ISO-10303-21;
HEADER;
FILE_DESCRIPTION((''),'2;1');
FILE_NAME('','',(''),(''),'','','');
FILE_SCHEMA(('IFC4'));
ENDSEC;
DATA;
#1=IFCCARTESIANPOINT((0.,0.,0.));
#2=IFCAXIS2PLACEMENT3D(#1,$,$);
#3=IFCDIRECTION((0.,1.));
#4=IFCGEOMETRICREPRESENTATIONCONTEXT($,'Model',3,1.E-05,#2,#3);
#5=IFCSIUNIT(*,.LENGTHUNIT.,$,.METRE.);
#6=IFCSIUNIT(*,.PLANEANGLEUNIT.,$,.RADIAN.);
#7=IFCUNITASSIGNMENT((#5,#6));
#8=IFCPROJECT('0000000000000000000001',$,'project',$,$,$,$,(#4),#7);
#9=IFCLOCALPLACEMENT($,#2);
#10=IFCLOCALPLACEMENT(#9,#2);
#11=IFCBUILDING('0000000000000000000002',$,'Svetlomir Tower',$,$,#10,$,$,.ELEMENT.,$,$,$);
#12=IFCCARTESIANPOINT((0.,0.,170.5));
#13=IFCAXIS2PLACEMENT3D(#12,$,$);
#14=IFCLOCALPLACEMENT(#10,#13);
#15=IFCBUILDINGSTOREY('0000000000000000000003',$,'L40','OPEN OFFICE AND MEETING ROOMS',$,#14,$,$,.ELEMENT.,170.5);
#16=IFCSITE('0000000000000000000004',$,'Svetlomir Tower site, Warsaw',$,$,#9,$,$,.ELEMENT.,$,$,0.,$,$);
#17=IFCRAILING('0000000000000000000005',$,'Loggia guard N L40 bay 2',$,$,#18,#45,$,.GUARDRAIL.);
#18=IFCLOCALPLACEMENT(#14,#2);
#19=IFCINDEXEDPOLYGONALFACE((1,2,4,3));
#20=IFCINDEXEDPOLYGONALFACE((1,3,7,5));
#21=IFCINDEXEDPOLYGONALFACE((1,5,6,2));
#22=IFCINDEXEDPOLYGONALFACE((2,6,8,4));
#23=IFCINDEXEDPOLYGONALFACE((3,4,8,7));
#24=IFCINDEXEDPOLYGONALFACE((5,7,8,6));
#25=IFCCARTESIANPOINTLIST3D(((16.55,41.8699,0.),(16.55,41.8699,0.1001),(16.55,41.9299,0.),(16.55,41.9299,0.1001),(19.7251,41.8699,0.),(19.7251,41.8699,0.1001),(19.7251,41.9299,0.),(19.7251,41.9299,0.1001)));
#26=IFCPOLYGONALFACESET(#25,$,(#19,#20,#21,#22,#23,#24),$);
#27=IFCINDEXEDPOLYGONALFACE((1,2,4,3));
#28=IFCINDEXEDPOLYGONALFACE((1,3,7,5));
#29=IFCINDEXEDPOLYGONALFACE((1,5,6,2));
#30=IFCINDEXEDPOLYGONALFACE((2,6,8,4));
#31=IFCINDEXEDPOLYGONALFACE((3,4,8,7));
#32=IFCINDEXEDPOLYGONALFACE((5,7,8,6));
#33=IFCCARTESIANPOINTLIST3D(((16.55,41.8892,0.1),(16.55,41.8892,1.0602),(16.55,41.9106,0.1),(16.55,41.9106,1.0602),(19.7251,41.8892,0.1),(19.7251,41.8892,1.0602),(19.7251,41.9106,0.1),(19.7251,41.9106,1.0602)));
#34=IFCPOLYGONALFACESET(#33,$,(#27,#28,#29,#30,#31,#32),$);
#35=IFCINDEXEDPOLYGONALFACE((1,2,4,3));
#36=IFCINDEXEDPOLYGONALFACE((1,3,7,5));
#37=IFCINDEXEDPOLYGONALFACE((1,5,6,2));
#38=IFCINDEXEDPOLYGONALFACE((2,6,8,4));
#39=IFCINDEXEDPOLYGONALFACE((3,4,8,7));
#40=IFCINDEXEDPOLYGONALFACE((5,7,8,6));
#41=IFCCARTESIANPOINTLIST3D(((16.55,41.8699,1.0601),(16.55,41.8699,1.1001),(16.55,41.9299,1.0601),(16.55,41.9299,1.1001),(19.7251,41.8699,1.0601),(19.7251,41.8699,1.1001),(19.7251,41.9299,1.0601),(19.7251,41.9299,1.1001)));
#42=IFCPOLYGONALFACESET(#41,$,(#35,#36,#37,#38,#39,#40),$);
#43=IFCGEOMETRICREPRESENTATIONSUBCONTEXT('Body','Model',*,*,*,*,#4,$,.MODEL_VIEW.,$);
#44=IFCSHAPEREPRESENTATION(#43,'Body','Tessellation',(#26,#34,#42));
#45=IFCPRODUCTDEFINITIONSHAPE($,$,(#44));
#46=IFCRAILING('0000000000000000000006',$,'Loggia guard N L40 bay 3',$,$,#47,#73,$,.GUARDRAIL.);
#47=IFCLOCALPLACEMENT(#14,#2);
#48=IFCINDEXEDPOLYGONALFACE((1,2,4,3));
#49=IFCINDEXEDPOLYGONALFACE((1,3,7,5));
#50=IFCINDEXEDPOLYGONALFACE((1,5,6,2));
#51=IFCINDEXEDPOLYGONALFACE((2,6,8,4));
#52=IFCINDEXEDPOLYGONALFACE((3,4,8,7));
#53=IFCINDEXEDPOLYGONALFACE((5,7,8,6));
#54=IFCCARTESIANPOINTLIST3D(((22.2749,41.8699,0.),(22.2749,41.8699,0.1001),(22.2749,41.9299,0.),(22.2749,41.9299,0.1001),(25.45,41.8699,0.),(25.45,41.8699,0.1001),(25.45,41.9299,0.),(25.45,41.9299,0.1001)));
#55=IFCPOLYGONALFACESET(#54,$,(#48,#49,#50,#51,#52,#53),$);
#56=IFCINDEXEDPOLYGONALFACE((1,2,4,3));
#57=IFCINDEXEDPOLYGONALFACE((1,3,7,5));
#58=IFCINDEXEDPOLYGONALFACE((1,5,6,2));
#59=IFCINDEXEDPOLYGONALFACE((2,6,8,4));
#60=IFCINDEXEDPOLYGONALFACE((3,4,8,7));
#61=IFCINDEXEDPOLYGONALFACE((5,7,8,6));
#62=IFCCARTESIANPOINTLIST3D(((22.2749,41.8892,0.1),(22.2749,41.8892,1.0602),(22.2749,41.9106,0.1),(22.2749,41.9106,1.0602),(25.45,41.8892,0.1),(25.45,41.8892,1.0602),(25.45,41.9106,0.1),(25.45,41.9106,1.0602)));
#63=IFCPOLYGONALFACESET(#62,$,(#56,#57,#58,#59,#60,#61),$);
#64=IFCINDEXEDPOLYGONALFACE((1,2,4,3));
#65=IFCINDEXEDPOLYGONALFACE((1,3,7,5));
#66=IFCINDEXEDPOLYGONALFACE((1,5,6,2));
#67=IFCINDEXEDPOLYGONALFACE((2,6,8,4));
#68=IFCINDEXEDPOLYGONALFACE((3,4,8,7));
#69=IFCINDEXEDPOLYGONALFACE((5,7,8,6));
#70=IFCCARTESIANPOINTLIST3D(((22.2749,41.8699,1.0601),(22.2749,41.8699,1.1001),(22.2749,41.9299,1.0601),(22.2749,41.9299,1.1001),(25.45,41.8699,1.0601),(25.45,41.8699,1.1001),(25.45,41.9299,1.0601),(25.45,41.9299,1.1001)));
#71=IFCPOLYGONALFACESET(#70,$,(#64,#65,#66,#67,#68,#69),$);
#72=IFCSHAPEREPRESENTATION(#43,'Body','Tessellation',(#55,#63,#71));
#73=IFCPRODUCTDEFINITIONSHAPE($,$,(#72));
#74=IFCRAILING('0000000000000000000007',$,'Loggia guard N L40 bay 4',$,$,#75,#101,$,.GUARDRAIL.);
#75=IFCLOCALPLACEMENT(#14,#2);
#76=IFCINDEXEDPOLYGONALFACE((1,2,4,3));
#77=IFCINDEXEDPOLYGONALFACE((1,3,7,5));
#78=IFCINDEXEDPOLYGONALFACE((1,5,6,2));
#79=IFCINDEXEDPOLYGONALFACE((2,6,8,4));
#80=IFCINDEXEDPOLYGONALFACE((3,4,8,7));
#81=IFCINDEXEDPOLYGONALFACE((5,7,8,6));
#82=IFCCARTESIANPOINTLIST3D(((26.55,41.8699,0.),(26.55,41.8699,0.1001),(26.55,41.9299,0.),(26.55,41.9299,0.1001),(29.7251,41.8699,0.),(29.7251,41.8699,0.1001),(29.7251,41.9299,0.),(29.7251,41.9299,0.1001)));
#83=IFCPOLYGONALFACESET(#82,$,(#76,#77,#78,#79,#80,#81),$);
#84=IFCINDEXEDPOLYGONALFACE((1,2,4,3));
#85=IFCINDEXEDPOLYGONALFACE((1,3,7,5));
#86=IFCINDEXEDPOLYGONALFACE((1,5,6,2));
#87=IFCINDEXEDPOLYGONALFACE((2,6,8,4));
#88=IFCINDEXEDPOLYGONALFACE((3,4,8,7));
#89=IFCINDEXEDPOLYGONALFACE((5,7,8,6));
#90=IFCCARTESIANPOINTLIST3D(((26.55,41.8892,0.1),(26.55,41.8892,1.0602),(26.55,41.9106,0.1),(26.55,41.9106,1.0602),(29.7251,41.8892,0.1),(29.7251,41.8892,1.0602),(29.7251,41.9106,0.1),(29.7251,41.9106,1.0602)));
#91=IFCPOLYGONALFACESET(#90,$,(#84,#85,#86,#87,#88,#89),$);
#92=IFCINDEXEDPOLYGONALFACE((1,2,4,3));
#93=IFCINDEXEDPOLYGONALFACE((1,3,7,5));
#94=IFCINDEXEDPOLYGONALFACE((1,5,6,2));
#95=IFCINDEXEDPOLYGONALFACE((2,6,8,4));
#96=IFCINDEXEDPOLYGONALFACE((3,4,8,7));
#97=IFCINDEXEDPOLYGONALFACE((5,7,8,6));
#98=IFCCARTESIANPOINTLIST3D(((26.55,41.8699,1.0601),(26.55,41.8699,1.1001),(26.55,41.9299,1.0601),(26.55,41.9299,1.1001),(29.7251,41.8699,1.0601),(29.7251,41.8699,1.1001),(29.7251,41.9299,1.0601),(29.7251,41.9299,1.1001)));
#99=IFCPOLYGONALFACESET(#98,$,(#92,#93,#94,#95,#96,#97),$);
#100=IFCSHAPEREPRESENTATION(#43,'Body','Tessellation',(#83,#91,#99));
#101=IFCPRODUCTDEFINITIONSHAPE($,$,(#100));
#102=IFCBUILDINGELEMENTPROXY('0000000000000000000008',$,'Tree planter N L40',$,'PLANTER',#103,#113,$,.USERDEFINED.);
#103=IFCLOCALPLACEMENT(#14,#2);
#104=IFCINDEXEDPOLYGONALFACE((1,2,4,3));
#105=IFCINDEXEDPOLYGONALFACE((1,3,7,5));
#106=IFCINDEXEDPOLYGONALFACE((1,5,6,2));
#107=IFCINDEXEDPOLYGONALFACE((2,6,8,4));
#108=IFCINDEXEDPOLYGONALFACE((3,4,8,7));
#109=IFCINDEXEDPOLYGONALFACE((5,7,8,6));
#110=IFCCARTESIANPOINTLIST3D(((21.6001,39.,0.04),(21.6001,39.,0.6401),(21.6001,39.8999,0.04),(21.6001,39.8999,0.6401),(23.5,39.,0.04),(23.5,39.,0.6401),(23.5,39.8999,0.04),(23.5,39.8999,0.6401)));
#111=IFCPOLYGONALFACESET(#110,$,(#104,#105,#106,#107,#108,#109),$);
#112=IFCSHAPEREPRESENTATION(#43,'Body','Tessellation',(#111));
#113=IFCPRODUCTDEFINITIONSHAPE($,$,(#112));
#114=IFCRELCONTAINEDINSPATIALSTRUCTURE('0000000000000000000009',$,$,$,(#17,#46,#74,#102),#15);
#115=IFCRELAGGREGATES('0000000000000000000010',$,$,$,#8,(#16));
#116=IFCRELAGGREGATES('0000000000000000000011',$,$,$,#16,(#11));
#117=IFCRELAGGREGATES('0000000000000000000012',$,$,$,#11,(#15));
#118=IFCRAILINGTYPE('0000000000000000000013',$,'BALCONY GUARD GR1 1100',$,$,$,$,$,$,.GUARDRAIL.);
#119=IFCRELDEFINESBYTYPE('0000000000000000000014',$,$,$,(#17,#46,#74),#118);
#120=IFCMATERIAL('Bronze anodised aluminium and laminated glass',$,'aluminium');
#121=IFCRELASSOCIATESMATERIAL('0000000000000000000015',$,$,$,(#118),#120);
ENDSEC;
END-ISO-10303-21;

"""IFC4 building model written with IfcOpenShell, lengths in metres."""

from ifc_helpers import new_model, si_unit, direction, frame, origin, origin_2d, place, context, subcontext, project, spatial, rectangle, extrude, material, type_object, element, save


model = new_model("IFC4")

# Units and contexts
model_context = context("Model", 3, precision=1e-05, world=origin(), true_north=direction((0.0, 1.0)))
body_context = subcontext(model_context, "Body", "Model", "MODEL_VIEW")
ifc_project = project(units=[si_unit("LENGTHUNIT", "METRE"), si_unit("PLANEANGLEUNIT", "RADIAN")], contexts=[model_context])

# Site, building, storey
site_placement = place(None, origin())
site = spatial("IfcSite", under=ifc_project, at=site_placement, Name="Svetlomir Tower site, Warsaw", CompositionType="ELEMENT", RefElevation=0.0)
building_placement = place(site_placement, origin())
building = spatial("IfcBuilding", under=site, at=building_placement, Name="Svetlomir Tower", CompositionType="ELEMENT")
storey_placement = place(building_placement, frame((0.0, 0.0, 170.5)))
storey = spatial("IfcBuildingStorey", under=building, at=storey_placement, Name="L40", Description="OPEN OFFICE AND MEETING ROOMS", CompositionType="ELEMENT", Elevation=170.5)

# Railings
ifc_material_1 = material(Name="Bronze anodised aluminium and laminated glass", Category="aluminium")
railing_type = type_object("IfcRailingType", Name="BALCONY GUARD GR1 1100", PredefinedType="GUARDRAIL", material=ifc_material_1)
for number, where, name in (
    (1, (16.55, 41.8999, 0.0), "Loggia guard N L40 bay 2"),
    (2, (22.2749, 41.8999, 0.0), "Loggia guard N L40 bay 3"),
    (3, (26.55, 41.8999, 0.0), "Loggia guard N L40 bay 4"),
):
    element("IfcRailing", number, at=place(storey_placement, frame(where)), inside=storey, type_object=railing_type, Name=name, PredefinedType="GUARDRAIL", context=body_context, shape_type="SweptSolid", body=[
        extrude(rectangle(XDim=0.0601, YDim=0.1001, at=origin_2d()), frame((0.0, 0.0, 0.05), z_axis=(1.0, 0.0, 0.0), x_axis=(0.0, 1.0, 0.0)), (0.0, 0.0, 1.0), 3.175),
        extrude(rectangle(XDim=0.0215, YDim=0.9602, at=origin_2d()), frame((0.0, 0.0, 0.5801), z_axis=(1.0, 0.0, 0.0), x_axis=(0.0, 1.0, 0.0)), (0.0, 0.0, 1.0), 3.175),
        extrude(rectangle(XDim=0.0601, YDim=0.04, at=origin_2d()), frame((0.0, 0.0, 1.0801), z_axis=(1.0, 0.0, 0.0), x_axis=(0.0, 1.0, 0.0)), (0.0, 0.0, 1.0), 3.175),
    ])

# Building element proxy
proxy_placement = place(storey_placement, frame((22.55, 39.45, 0.04), z_axis=(0.0, 0.0, 1.0), x_axis=(1.0, 0.0, 0.0)))
element("IfcBuildingElementProxy", 4, at=proxy_placement, inside=storey, Name="Tree planter N L40", ObjectType="PLANTER", PredefinedType="USERDEFINED", context=body_context, shape_type="SweptSolid", body=[
    extrude(rectangle(XDim=1.8999, YDim=0.8999, at=origin_2d()), origin(), (0.0, 0.0, 1.0), 0.6001),
])

save(model, "model.ifc")
